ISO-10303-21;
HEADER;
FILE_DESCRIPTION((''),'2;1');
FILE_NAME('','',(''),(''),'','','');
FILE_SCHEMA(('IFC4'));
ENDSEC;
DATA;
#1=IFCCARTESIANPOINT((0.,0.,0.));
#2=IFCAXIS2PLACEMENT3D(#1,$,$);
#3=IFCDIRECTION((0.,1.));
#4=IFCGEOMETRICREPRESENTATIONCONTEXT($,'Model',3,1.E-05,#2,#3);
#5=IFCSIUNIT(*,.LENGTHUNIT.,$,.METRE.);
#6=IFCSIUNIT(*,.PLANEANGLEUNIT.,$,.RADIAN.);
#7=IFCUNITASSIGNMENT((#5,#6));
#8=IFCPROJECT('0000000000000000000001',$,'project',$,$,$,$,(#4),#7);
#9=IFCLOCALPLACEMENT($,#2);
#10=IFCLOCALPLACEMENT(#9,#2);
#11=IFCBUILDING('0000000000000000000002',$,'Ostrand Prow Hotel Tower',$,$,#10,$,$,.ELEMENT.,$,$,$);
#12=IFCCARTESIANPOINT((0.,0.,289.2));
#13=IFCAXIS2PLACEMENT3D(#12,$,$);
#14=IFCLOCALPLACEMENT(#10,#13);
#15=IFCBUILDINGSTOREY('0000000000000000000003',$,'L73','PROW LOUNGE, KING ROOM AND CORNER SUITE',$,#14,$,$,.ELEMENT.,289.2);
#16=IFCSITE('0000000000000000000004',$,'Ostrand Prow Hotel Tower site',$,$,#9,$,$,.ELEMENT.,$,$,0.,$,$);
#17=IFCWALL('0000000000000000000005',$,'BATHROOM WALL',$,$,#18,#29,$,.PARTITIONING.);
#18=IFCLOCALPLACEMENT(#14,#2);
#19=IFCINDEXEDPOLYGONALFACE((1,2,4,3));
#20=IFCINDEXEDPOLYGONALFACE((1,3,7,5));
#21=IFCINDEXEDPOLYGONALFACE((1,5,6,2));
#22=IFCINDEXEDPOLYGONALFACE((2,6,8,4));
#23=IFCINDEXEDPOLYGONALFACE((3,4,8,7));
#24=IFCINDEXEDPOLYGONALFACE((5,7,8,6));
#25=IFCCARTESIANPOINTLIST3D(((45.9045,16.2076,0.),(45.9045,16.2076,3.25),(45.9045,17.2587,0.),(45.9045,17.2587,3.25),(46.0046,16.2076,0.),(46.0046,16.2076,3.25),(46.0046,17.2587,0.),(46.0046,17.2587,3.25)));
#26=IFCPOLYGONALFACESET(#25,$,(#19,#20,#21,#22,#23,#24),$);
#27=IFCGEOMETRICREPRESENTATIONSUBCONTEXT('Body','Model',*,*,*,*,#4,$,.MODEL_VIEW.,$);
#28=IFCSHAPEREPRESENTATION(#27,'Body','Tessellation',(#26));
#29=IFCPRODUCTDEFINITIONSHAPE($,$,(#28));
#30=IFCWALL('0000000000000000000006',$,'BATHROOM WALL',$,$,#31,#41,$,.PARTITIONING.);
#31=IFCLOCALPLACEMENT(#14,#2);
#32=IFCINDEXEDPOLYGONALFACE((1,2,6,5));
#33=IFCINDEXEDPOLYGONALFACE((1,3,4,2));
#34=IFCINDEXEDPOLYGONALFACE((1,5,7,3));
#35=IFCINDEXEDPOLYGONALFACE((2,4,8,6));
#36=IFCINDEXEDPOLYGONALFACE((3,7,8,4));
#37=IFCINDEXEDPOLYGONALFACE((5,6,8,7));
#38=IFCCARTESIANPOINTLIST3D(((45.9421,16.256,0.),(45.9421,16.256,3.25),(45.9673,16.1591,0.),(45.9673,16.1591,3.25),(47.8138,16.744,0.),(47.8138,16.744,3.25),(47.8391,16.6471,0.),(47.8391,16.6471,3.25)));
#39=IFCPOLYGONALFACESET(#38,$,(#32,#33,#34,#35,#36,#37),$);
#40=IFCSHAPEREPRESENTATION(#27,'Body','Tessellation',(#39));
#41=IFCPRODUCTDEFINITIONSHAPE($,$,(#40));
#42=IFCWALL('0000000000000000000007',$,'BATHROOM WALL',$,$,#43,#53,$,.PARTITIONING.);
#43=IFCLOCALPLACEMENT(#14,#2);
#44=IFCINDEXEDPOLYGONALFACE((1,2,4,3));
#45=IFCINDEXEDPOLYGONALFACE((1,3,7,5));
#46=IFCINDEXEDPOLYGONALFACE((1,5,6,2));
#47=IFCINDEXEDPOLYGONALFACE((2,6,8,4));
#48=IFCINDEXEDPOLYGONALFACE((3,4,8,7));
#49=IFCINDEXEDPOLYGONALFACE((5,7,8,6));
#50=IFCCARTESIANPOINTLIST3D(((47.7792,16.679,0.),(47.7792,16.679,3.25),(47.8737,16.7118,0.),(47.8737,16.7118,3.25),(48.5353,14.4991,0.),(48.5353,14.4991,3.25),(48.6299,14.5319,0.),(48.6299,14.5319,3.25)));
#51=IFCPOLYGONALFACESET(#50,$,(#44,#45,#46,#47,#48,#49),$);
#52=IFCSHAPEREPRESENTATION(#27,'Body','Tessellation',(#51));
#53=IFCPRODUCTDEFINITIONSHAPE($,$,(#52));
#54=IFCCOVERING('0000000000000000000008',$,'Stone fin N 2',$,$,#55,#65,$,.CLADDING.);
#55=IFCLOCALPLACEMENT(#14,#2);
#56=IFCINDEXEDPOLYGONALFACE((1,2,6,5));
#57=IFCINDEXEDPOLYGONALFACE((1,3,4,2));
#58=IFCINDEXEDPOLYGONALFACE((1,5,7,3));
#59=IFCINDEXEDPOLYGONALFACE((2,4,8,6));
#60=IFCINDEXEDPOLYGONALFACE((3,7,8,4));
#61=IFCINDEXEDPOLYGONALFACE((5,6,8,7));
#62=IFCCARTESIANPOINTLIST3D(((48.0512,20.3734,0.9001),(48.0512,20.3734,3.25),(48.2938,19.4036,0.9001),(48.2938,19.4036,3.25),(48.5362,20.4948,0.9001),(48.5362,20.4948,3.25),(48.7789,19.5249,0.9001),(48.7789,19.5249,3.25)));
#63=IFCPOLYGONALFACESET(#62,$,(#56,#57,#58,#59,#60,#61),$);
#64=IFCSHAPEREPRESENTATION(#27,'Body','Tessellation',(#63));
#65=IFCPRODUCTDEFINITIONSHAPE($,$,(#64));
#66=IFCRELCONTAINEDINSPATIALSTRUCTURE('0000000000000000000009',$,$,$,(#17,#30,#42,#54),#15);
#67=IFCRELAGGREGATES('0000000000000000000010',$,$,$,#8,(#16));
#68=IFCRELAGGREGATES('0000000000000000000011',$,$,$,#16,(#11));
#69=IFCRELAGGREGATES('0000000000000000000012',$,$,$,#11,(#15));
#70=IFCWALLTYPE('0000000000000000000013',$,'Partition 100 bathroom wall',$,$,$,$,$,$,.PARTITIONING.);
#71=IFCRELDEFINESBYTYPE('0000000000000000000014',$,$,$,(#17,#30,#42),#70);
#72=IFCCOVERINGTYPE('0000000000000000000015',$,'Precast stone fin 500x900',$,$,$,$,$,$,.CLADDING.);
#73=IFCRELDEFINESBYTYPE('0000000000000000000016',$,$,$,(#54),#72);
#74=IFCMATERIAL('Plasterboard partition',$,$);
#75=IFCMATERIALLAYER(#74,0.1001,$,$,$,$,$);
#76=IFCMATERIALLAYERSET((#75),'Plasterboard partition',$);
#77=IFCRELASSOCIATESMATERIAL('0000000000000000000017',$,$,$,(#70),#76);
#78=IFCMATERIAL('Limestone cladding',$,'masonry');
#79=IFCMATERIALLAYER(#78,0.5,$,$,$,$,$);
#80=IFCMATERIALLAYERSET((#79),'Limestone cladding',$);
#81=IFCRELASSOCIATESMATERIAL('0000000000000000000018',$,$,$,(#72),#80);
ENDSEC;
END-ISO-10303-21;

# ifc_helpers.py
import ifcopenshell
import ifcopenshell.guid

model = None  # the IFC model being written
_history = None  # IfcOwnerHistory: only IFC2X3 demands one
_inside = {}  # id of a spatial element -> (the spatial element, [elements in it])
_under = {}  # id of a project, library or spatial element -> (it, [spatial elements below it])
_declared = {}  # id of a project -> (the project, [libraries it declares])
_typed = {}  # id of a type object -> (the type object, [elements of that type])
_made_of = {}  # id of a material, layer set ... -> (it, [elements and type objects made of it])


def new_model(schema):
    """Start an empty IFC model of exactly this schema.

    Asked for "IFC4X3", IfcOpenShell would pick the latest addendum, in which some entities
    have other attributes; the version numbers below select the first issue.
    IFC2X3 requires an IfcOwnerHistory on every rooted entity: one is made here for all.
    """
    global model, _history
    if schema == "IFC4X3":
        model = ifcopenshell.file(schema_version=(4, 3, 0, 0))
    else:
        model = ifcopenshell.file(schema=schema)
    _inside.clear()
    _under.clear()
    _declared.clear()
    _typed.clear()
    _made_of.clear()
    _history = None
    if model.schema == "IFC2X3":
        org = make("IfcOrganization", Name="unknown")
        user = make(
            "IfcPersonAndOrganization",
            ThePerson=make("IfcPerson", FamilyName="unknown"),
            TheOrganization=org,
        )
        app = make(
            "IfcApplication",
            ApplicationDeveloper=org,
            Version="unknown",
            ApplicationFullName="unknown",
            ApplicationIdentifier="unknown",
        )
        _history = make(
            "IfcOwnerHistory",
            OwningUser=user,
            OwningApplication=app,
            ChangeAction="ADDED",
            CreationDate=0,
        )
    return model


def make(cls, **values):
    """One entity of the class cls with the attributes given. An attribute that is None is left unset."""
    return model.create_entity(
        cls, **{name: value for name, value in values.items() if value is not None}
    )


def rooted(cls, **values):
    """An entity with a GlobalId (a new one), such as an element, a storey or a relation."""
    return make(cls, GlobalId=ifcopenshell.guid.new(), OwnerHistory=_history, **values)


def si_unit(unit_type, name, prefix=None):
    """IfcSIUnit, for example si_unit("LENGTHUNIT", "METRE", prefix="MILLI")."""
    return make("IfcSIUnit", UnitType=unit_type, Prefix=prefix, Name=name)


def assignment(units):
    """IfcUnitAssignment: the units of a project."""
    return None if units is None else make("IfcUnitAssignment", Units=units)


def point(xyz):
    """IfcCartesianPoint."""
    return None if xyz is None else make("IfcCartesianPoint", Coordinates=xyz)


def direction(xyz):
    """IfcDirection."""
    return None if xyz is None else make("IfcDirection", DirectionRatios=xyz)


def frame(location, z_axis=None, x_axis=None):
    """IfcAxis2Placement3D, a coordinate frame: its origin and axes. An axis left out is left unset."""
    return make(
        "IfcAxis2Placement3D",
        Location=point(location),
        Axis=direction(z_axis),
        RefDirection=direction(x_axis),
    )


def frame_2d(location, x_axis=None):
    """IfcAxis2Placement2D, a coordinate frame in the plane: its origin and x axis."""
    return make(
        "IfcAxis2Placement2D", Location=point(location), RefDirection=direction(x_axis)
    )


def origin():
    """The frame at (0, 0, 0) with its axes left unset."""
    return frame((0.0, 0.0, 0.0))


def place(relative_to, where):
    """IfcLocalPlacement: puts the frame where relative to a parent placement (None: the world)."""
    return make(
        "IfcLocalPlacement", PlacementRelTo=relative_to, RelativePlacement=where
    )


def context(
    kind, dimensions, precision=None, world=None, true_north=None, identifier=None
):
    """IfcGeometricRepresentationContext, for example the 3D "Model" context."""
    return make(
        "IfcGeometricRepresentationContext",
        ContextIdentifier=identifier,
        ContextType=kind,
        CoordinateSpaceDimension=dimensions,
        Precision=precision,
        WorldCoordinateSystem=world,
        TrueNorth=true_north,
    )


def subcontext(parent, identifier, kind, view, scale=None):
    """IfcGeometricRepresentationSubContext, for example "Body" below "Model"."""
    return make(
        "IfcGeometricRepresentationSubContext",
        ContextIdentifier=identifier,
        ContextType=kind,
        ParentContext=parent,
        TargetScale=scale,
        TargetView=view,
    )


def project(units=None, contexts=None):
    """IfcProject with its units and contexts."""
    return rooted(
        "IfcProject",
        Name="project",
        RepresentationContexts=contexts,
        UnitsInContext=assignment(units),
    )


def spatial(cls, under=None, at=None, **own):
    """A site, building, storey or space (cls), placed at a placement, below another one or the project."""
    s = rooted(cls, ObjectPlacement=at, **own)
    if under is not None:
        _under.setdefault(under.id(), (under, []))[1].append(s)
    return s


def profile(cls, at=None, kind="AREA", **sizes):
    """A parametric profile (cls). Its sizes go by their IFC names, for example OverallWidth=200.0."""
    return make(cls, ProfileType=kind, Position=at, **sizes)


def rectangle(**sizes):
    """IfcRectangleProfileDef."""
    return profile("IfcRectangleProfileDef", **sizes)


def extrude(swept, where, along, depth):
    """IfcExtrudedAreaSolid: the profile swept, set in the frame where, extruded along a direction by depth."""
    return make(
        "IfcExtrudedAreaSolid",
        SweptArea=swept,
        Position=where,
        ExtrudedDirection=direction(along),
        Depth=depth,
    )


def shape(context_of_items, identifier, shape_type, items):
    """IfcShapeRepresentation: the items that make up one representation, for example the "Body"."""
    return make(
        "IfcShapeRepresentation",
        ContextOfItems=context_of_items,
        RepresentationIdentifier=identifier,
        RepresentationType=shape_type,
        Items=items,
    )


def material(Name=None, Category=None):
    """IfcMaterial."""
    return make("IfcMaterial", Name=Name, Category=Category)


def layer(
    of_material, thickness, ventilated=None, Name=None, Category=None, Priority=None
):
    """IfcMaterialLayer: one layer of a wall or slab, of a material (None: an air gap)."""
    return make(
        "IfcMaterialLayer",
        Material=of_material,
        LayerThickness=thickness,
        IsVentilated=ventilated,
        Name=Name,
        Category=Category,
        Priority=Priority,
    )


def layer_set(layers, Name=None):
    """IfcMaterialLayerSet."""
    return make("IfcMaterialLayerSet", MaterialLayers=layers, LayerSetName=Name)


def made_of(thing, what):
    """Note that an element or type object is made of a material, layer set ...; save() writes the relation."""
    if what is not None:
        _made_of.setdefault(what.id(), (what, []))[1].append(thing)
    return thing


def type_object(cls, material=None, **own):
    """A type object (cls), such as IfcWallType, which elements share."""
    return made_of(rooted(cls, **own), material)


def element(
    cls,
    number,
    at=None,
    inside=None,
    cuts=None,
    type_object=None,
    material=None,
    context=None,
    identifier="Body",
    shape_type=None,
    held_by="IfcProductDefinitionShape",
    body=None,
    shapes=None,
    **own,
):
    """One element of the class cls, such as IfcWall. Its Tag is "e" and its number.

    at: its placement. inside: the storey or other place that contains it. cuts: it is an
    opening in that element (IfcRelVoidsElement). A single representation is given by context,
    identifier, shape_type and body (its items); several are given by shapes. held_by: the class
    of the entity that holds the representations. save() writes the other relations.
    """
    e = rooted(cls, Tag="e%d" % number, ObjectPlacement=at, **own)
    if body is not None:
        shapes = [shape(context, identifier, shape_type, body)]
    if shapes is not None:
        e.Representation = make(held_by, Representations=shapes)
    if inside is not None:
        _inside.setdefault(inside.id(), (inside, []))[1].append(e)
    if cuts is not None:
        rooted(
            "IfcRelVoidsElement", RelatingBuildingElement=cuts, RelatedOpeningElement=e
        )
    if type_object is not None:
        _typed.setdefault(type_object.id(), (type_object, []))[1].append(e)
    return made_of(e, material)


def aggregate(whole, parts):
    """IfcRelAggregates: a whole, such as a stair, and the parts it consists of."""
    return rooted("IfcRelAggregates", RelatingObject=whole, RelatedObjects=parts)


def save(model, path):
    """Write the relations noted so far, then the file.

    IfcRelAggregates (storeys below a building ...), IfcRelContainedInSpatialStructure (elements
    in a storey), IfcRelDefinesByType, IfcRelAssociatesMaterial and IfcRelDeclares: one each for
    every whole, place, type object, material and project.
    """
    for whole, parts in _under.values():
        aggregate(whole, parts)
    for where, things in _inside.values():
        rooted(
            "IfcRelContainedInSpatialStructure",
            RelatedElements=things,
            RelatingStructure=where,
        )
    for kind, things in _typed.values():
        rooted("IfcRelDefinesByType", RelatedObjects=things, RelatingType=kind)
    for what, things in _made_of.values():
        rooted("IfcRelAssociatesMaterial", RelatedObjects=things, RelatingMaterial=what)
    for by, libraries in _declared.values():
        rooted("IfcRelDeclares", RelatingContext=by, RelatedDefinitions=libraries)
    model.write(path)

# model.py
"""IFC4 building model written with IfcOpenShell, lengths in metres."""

from ifc_helpers import new_model, si_unit, direction, frame, frame_2d, origin, place, context, subcontext, project, spatial, rectangle, extrude, material, layer, layer_set, type_object, element, save


model = new_model("IFC4")

# Units and contexts
model_context = context("Model", 3, precision=1e-05, world=origin(), true_north=direction((0.0, 1.0)))
body_context = subcontext(model_context, "Body", "Model", "MODEL_VIEW")
ifc_project = project(units=[si_unit("LENGTHUNIT", "METRE"), si_unit("PLANEANGLEUNIT", "RADIAN")], contexts=[model_context])

# Site, building, storey
site_placement = place(None, origin())
site = spatial("IfcSite", under=ifc_project, at=site_placement, Name="Ostrand Prow Hotel Tower site", CompositionType="ELEMENT", RefElevation=0.0)
building_placement = place(site_placement, origin())
building = spatial("IfcBuilding", under=site, at=building_placement, Name="Ostrand Prow Hotel Tower", CompositionType="ELEMENT")
storey_placement = place(building_placement, frame((0.0, 0.0, 289.2)))
storey = spatial("IfcBuildingStorey", under=building, at=storey_placement, Name="L73", Description="PROW LOUNGE, KING ROOM AND CORNER SUITE", CompositionType="ELEMENT", Elevation=289.2)

# Walls
ifc_material_1 = material(Name="Plasterboard partition")
ifc_layer_1 = layer(ifc_material_1, 0.1001)
ifc_layer_set_1 = layer_set([ifc_layer_1], Name="Plasterboard partition")
wall_type_1 = type_object("IfcWallType", Name="Partition 100 bathroom wall", PredefinedType="PARTITIONING", material=ifc_layer_set_1)
wall_1_placement = place(storey_placement, frame((45.9546, 17.2585, 0.0), z_axis=(0.0, 0.0, 1.0), x_axis=(0.0, -1.0, 0.0)))
element("IfcWall", 1, at=wall_1_placement, inside=storey, type_object=wall_type_1, Name="BATHROOM WALL", PredefinedType="PARTITIONING", context=body_context, shape_type="SweptSolid", body=[
    extrude(rectangle(XDim=1.051, YDim=0.1001, at=frame_2d((0.5254, 0.0))), origin(), (0.0, 0.0, 1.0), 3.25),
])
wall_2_placement = place(storey_placement, frame((45.9546, 16.2075, 0.0), z_axis=(0.0, 0.0, 1.0), x_axis=(0.967651, 0.252293, 0.0)))
element("IfcWall", 2, at=wall_2_placement, inside=storey, type_object=wall_type_1, Name="BATHROOM WALL", PredefinedType="PARTITIONING", context=body_context, shape_type="SweptSolid", body=[
    extrude(rectangle(XDim=1.9343, YDim=0.1001, at=frame_2d((0.9673, 0.0))), origin(), (0.0, 0.0, 1.0), 3.25),
])
wall_3_placement = place(storey_placement, frame((47.8264, 16.6956, 0.0), z_axis=(0.0, 0.0, 1.0), x_axis=(0.327696, -0.944783, 0.0)))
element("IfcWall", 3, at=wall_3_placement, inside=storey, type_object=wall_type_1, Name="BATHROOM WALL", PredefinedType="PARTITIONING", context=body_context, shape_type="SweptSolid", body=[
    extrude(rectangle(XDim=2.3074, YDim=0.1001, at=frame_2d((1.1538, 0.0))), origin(), (0.0, 0.0, 1.0), 3.25),
])

# Covering
ifc_material_2 = material(Name="Limestone cladding", Category="masonry")
ifc_layer_2 = layer(ifc_material_2, 0.5)
ifc_layer_set_2 = layer_set([ifc_layer_2], Name="Limestone cladding")
covering_type = type_object("IfcCoveringType", Name="Precast stone fin 500x900", PredefinedType="CLADDING", material=ifc_layer_set_2)
covering_placement = place(storey_placement, frame((48.5364, 19.4641, 0.9001), z_axis=(0.0, 0.0, 1.0), x_axis=(-0.242708, 0.970099, 0.0)))
element("IfcCovering", 4, at=covering_placement, inside=storey, type_object=covering_type, Name="Stone fin N 2", PredefinedType="CLADDING", context=body_context, shape_type="SweptSolid", body=[
    extrude(rectangle(XDim=0.9998, YDim=0.5, at=frame_2d((0.5, 0.0))), origin(), (0.0, 0.0, 1.0), 2.3499),
])

save(model, "model.ifc")
